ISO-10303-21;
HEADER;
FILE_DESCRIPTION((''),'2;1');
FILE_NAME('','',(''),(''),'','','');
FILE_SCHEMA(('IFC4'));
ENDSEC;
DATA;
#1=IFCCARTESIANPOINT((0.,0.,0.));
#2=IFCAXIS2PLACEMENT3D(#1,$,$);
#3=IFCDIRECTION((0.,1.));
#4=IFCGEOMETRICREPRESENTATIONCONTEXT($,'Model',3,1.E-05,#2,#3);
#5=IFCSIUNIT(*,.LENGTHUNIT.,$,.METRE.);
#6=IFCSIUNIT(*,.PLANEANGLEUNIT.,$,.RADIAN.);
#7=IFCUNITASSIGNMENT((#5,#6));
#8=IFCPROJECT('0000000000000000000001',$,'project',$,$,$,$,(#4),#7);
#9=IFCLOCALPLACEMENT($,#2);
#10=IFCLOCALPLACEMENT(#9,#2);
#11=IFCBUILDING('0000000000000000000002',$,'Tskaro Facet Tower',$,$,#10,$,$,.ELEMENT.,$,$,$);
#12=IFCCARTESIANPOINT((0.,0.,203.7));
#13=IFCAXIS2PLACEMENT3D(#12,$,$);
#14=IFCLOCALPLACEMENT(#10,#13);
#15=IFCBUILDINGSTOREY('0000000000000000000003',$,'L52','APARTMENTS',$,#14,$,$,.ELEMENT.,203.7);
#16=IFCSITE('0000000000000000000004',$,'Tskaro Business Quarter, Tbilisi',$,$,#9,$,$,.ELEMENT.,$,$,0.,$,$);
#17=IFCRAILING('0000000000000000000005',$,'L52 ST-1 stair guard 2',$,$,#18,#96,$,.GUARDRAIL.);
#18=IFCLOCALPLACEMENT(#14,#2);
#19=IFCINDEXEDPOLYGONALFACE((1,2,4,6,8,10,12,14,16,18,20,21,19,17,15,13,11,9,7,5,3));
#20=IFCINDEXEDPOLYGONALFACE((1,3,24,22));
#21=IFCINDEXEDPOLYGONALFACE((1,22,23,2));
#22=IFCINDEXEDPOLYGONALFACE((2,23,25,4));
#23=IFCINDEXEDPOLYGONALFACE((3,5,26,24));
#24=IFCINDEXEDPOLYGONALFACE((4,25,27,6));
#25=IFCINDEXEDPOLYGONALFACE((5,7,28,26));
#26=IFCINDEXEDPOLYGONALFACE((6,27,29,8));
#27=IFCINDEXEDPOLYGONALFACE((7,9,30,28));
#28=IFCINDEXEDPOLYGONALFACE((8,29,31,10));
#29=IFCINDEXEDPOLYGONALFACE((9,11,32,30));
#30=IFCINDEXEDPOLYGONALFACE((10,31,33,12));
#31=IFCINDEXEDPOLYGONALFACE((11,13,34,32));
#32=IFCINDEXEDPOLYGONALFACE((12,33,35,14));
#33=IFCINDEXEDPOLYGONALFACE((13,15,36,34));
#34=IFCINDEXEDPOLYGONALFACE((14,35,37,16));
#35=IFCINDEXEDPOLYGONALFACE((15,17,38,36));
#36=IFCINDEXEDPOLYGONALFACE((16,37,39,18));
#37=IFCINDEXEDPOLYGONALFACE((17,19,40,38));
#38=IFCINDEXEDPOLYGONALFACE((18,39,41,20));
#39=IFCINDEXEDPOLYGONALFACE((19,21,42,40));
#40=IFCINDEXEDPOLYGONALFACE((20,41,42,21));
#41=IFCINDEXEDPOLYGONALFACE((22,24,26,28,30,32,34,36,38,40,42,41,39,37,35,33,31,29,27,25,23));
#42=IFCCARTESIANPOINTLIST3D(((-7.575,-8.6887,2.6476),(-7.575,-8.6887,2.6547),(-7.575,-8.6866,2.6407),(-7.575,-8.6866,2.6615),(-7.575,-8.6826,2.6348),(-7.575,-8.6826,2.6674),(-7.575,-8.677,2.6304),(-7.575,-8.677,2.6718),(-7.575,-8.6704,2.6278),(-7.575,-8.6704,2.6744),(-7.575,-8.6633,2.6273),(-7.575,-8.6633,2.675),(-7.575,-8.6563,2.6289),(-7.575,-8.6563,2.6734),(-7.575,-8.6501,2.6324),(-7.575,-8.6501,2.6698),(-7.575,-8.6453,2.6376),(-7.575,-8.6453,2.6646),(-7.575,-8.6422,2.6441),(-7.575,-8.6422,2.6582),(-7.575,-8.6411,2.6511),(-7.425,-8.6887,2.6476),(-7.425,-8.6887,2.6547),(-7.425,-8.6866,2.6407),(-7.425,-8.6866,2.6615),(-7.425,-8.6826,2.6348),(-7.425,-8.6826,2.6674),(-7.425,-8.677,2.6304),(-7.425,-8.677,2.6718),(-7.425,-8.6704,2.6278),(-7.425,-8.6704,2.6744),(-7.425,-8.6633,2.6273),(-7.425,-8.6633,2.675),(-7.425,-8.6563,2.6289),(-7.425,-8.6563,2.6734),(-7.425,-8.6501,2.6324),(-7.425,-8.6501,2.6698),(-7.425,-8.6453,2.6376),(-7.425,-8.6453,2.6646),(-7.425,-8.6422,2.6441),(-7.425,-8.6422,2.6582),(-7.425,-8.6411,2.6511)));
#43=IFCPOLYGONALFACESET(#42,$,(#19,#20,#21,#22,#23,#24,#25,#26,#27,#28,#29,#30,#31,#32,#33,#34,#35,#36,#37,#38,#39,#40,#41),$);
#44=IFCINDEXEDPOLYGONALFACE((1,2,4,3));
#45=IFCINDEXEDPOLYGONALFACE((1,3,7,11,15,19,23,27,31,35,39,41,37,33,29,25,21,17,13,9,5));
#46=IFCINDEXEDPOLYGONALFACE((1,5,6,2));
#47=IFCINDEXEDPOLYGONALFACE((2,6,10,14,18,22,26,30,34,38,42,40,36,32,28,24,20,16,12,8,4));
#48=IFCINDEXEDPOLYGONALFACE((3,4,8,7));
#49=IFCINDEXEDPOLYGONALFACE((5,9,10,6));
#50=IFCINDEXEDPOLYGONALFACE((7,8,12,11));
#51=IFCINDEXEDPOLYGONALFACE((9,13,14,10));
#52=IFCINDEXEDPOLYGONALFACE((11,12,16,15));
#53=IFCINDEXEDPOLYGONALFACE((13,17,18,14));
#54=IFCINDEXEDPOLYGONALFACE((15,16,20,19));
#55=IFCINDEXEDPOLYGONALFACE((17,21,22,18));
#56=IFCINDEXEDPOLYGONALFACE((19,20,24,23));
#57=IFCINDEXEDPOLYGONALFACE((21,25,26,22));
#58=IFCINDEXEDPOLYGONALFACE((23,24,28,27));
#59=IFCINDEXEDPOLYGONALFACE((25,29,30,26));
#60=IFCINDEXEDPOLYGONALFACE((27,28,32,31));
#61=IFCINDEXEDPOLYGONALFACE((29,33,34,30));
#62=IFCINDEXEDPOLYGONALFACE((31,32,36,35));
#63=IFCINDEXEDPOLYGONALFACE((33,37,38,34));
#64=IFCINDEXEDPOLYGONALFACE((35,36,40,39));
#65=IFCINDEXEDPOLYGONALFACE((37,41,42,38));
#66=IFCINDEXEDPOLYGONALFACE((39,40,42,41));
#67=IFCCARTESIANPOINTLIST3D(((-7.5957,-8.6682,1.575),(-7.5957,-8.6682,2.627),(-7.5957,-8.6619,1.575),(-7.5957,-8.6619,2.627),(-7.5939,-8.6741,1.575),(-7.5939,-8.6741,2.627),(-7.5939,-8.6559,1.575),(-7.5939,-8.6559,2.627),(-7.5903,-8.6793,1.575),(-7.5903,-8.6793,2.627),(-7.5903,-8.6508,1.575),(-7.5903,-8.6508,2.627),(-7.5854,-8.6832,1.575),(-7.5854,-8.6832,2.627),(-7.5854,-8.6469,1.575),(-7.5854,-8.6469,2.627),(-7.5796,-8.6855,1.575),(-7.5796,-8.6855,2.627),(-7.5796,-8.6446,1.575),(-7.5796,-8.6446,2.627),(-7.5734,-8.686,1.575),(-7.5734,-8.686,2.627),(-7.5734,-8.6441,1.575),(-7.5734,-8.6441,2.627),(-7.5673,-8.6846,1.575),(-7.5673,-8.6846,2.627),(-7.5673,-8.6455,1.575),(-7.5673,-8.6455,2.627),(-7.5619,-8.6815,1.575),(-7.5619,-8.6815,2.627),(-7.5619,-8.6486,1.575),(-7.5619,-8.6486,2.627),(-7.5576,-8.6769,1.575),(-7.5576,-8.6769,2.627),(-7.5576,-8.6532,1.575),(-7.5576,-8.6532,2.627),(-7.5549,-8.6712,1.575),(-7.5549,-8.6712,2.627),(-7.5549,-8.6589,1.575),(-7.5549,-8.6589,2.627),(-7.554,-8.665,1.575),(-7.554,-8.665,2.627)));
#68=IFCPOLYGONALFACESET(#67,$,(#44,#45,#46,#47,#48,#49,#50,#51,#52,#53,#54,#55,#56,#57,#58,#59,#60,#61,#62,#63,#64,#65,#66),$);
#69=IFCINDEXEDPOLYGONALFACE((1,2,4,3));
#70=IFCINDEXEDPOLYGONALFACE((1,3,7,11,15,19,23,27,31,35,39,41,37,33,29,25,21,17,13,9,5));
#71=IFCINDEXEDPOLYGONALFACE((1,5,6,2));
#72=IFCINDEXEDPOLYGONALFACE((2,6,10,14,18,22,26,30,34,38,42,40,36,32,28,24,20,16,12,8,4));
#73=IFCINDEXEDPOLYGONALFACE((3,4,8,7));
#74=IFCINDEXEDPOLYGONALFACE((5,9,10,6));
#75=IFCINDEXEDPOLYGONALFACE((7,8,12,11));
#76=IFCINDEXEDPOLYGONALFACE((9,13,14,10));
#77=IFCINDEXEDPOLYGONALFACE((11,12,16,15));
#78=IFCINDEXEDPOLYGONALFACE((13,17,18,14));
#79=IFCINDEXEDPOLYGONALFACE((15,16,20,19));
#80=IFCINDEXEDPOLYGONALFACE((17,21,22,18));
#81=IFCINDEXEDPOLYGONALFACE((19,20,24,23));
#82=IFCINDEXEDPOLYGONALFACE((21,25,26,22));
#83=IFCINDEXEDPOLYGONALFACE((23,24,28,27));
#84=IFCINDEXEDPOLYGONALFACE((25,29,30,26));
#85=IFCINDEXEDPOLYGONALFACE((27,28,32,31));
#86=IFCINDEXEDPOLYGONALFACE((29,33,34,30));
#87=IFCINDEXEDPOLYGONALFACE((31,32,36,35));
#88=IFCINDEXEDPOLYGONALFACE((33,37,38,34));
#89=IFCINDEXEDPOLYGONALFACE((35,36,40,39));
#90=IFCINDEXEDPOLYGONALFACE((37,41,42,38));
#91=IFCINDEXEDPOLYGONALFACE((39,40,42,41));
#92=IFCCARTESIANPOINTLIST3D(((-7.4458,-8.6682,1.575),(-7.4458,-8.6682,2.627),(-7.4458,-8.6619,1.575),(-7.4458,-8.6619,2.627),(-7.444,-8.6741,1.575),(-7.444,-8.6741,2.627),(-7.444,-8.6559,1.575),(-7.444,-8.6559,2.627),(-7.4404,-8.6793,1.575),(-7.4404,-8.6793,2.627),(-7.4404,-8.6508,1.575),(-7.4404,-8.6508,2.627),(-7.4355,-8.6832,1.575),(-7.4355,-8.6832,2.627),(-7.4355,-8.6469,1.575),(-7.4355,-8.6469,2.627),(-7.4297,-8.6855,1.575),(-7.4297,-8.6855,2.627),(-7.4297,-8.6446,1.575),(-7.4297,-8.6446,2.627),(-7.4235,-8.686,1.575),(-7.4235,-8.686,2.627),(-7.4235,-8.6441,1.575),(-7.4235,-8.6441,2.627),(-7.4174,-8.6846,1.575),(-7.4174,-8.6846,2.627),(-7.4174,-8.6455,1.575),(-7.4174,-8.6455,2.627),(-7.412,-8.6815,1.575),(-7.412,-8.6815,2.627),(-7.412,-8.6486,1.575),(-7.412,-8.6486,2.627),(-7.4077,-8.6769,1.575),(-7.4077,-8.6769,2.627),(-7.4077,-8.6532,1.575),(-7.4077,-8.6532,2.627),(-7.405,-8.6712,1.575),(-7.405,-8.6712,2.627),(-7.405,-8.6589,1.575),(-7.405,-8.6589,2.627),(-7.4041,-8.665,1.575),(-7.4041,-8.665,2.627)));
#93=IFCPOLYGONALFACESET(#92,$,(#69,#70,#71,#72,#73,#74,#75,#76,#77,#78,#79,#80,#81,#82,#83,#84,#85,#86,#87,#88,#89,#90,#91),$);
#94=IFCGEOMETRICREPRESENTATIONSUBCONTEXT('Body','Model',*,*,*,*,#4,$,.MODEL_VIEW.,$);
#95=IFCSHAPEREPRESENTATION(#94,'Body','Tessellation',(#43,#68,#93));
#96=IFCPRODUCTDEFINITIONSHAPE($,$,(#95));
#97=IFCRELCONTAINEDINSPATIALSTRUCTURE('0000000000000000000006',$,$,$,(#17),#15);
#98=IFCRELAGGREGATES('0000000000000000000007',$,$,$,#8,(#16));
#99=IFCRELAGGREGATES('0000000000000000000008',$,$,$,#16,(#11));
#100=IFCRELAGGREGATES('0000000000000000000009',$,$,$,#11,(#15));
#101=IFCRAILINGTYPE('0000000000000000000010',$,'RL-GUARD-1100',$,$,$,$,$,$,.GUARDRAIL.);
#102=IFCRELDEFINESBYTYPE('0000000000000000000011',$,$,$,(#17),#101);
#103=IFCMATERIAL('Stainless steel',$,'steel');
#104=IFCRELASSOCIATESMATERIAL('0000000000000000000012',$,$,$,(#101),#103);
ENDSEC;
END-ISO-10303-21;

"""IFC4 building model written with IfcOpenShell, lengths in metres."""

from ifc_helpers import new_model, si_unit, direction, frame, origin, origin_2d, place, context, subcontext, project, spatial, circle, extrude, material, type_object, element, save


model = new_model("IFC4")

# Units and contexts
model_context = context("Model", 3, precision=1e-05, world=origin(), true_north=direction((0.0, 1.0)))
body_context = subcontext(model_context, "Body", "Model", "MODEL_VIEW")
ifc_project = project(units=[si_unit("LENGTHUNIT", "METRE"), si_unit("PLANEANGLEUNIT", "RADIAN")], contexts=[model_context])

# Site, building, storey
site_placement = place(None, origin())
site = spatial("IfcSite", under=ifc_project, at=site_placement, Name="Tskaro Business Quarter, Tbilisi", CompositionType="ELEMENT", RefElevation=0.0)
building_placement = place(site_placement, origin())
building = spatial("IfcBuilding", under=site, at=building_placement, Name="Tskaro Facet Tower", CompositionType="ELEMENT")
storey_placement = place(building_placement, frame((0.0, 0.0, 203.7)))
storey = spatial("IfcBuildingStorey", under=building, at=storey_placement, Name="L52", Description="APARTMENTS", CompositionType="ELEMENT", Elevation=203.7)

# Shared definitions
ifc_material_1 = material(Name="Stainless steel", Category="steel")

# Railing
railing_type_1 = type_object("IfcRailingType", Name="RL-GUARD-1100", PredefinedType="GUARDRAIL", material=ifc_material_1)
railing_1_placement = place(storey_placement, frame((-7.575, -8.665, 1.575)))
element("IfcRailing", 1, at=railing_1_placement, inside=storey, type_object=railing_type_1, Name="L52 ST-1 stair guard 2", PredefinedType="GUARDRAIL", context=body_context, shape_type="SweptSolid", body=[
    extrude(circle(Radius=0.0239, at=origin_2d()), frame((0.0, 0.0, 1.0762), z_axis=(1.0, 0.0, 0.0), x_axis=(0.0, 1.0, 0.0)), (0.0, 0.0, 1.0), 0.1499),
    extrude(circle(Radius=0.021, at=origin_2d()), origin(), (0.0, 0.0, 1.0), 1.052),
    extrude(circle(Radius=0.021, at=origin_2d()), frame((0.1499, 0.0, 0.0)), (0.0, 0.0, 1.0), 1.052),
])

save(model, "model.ifc")
